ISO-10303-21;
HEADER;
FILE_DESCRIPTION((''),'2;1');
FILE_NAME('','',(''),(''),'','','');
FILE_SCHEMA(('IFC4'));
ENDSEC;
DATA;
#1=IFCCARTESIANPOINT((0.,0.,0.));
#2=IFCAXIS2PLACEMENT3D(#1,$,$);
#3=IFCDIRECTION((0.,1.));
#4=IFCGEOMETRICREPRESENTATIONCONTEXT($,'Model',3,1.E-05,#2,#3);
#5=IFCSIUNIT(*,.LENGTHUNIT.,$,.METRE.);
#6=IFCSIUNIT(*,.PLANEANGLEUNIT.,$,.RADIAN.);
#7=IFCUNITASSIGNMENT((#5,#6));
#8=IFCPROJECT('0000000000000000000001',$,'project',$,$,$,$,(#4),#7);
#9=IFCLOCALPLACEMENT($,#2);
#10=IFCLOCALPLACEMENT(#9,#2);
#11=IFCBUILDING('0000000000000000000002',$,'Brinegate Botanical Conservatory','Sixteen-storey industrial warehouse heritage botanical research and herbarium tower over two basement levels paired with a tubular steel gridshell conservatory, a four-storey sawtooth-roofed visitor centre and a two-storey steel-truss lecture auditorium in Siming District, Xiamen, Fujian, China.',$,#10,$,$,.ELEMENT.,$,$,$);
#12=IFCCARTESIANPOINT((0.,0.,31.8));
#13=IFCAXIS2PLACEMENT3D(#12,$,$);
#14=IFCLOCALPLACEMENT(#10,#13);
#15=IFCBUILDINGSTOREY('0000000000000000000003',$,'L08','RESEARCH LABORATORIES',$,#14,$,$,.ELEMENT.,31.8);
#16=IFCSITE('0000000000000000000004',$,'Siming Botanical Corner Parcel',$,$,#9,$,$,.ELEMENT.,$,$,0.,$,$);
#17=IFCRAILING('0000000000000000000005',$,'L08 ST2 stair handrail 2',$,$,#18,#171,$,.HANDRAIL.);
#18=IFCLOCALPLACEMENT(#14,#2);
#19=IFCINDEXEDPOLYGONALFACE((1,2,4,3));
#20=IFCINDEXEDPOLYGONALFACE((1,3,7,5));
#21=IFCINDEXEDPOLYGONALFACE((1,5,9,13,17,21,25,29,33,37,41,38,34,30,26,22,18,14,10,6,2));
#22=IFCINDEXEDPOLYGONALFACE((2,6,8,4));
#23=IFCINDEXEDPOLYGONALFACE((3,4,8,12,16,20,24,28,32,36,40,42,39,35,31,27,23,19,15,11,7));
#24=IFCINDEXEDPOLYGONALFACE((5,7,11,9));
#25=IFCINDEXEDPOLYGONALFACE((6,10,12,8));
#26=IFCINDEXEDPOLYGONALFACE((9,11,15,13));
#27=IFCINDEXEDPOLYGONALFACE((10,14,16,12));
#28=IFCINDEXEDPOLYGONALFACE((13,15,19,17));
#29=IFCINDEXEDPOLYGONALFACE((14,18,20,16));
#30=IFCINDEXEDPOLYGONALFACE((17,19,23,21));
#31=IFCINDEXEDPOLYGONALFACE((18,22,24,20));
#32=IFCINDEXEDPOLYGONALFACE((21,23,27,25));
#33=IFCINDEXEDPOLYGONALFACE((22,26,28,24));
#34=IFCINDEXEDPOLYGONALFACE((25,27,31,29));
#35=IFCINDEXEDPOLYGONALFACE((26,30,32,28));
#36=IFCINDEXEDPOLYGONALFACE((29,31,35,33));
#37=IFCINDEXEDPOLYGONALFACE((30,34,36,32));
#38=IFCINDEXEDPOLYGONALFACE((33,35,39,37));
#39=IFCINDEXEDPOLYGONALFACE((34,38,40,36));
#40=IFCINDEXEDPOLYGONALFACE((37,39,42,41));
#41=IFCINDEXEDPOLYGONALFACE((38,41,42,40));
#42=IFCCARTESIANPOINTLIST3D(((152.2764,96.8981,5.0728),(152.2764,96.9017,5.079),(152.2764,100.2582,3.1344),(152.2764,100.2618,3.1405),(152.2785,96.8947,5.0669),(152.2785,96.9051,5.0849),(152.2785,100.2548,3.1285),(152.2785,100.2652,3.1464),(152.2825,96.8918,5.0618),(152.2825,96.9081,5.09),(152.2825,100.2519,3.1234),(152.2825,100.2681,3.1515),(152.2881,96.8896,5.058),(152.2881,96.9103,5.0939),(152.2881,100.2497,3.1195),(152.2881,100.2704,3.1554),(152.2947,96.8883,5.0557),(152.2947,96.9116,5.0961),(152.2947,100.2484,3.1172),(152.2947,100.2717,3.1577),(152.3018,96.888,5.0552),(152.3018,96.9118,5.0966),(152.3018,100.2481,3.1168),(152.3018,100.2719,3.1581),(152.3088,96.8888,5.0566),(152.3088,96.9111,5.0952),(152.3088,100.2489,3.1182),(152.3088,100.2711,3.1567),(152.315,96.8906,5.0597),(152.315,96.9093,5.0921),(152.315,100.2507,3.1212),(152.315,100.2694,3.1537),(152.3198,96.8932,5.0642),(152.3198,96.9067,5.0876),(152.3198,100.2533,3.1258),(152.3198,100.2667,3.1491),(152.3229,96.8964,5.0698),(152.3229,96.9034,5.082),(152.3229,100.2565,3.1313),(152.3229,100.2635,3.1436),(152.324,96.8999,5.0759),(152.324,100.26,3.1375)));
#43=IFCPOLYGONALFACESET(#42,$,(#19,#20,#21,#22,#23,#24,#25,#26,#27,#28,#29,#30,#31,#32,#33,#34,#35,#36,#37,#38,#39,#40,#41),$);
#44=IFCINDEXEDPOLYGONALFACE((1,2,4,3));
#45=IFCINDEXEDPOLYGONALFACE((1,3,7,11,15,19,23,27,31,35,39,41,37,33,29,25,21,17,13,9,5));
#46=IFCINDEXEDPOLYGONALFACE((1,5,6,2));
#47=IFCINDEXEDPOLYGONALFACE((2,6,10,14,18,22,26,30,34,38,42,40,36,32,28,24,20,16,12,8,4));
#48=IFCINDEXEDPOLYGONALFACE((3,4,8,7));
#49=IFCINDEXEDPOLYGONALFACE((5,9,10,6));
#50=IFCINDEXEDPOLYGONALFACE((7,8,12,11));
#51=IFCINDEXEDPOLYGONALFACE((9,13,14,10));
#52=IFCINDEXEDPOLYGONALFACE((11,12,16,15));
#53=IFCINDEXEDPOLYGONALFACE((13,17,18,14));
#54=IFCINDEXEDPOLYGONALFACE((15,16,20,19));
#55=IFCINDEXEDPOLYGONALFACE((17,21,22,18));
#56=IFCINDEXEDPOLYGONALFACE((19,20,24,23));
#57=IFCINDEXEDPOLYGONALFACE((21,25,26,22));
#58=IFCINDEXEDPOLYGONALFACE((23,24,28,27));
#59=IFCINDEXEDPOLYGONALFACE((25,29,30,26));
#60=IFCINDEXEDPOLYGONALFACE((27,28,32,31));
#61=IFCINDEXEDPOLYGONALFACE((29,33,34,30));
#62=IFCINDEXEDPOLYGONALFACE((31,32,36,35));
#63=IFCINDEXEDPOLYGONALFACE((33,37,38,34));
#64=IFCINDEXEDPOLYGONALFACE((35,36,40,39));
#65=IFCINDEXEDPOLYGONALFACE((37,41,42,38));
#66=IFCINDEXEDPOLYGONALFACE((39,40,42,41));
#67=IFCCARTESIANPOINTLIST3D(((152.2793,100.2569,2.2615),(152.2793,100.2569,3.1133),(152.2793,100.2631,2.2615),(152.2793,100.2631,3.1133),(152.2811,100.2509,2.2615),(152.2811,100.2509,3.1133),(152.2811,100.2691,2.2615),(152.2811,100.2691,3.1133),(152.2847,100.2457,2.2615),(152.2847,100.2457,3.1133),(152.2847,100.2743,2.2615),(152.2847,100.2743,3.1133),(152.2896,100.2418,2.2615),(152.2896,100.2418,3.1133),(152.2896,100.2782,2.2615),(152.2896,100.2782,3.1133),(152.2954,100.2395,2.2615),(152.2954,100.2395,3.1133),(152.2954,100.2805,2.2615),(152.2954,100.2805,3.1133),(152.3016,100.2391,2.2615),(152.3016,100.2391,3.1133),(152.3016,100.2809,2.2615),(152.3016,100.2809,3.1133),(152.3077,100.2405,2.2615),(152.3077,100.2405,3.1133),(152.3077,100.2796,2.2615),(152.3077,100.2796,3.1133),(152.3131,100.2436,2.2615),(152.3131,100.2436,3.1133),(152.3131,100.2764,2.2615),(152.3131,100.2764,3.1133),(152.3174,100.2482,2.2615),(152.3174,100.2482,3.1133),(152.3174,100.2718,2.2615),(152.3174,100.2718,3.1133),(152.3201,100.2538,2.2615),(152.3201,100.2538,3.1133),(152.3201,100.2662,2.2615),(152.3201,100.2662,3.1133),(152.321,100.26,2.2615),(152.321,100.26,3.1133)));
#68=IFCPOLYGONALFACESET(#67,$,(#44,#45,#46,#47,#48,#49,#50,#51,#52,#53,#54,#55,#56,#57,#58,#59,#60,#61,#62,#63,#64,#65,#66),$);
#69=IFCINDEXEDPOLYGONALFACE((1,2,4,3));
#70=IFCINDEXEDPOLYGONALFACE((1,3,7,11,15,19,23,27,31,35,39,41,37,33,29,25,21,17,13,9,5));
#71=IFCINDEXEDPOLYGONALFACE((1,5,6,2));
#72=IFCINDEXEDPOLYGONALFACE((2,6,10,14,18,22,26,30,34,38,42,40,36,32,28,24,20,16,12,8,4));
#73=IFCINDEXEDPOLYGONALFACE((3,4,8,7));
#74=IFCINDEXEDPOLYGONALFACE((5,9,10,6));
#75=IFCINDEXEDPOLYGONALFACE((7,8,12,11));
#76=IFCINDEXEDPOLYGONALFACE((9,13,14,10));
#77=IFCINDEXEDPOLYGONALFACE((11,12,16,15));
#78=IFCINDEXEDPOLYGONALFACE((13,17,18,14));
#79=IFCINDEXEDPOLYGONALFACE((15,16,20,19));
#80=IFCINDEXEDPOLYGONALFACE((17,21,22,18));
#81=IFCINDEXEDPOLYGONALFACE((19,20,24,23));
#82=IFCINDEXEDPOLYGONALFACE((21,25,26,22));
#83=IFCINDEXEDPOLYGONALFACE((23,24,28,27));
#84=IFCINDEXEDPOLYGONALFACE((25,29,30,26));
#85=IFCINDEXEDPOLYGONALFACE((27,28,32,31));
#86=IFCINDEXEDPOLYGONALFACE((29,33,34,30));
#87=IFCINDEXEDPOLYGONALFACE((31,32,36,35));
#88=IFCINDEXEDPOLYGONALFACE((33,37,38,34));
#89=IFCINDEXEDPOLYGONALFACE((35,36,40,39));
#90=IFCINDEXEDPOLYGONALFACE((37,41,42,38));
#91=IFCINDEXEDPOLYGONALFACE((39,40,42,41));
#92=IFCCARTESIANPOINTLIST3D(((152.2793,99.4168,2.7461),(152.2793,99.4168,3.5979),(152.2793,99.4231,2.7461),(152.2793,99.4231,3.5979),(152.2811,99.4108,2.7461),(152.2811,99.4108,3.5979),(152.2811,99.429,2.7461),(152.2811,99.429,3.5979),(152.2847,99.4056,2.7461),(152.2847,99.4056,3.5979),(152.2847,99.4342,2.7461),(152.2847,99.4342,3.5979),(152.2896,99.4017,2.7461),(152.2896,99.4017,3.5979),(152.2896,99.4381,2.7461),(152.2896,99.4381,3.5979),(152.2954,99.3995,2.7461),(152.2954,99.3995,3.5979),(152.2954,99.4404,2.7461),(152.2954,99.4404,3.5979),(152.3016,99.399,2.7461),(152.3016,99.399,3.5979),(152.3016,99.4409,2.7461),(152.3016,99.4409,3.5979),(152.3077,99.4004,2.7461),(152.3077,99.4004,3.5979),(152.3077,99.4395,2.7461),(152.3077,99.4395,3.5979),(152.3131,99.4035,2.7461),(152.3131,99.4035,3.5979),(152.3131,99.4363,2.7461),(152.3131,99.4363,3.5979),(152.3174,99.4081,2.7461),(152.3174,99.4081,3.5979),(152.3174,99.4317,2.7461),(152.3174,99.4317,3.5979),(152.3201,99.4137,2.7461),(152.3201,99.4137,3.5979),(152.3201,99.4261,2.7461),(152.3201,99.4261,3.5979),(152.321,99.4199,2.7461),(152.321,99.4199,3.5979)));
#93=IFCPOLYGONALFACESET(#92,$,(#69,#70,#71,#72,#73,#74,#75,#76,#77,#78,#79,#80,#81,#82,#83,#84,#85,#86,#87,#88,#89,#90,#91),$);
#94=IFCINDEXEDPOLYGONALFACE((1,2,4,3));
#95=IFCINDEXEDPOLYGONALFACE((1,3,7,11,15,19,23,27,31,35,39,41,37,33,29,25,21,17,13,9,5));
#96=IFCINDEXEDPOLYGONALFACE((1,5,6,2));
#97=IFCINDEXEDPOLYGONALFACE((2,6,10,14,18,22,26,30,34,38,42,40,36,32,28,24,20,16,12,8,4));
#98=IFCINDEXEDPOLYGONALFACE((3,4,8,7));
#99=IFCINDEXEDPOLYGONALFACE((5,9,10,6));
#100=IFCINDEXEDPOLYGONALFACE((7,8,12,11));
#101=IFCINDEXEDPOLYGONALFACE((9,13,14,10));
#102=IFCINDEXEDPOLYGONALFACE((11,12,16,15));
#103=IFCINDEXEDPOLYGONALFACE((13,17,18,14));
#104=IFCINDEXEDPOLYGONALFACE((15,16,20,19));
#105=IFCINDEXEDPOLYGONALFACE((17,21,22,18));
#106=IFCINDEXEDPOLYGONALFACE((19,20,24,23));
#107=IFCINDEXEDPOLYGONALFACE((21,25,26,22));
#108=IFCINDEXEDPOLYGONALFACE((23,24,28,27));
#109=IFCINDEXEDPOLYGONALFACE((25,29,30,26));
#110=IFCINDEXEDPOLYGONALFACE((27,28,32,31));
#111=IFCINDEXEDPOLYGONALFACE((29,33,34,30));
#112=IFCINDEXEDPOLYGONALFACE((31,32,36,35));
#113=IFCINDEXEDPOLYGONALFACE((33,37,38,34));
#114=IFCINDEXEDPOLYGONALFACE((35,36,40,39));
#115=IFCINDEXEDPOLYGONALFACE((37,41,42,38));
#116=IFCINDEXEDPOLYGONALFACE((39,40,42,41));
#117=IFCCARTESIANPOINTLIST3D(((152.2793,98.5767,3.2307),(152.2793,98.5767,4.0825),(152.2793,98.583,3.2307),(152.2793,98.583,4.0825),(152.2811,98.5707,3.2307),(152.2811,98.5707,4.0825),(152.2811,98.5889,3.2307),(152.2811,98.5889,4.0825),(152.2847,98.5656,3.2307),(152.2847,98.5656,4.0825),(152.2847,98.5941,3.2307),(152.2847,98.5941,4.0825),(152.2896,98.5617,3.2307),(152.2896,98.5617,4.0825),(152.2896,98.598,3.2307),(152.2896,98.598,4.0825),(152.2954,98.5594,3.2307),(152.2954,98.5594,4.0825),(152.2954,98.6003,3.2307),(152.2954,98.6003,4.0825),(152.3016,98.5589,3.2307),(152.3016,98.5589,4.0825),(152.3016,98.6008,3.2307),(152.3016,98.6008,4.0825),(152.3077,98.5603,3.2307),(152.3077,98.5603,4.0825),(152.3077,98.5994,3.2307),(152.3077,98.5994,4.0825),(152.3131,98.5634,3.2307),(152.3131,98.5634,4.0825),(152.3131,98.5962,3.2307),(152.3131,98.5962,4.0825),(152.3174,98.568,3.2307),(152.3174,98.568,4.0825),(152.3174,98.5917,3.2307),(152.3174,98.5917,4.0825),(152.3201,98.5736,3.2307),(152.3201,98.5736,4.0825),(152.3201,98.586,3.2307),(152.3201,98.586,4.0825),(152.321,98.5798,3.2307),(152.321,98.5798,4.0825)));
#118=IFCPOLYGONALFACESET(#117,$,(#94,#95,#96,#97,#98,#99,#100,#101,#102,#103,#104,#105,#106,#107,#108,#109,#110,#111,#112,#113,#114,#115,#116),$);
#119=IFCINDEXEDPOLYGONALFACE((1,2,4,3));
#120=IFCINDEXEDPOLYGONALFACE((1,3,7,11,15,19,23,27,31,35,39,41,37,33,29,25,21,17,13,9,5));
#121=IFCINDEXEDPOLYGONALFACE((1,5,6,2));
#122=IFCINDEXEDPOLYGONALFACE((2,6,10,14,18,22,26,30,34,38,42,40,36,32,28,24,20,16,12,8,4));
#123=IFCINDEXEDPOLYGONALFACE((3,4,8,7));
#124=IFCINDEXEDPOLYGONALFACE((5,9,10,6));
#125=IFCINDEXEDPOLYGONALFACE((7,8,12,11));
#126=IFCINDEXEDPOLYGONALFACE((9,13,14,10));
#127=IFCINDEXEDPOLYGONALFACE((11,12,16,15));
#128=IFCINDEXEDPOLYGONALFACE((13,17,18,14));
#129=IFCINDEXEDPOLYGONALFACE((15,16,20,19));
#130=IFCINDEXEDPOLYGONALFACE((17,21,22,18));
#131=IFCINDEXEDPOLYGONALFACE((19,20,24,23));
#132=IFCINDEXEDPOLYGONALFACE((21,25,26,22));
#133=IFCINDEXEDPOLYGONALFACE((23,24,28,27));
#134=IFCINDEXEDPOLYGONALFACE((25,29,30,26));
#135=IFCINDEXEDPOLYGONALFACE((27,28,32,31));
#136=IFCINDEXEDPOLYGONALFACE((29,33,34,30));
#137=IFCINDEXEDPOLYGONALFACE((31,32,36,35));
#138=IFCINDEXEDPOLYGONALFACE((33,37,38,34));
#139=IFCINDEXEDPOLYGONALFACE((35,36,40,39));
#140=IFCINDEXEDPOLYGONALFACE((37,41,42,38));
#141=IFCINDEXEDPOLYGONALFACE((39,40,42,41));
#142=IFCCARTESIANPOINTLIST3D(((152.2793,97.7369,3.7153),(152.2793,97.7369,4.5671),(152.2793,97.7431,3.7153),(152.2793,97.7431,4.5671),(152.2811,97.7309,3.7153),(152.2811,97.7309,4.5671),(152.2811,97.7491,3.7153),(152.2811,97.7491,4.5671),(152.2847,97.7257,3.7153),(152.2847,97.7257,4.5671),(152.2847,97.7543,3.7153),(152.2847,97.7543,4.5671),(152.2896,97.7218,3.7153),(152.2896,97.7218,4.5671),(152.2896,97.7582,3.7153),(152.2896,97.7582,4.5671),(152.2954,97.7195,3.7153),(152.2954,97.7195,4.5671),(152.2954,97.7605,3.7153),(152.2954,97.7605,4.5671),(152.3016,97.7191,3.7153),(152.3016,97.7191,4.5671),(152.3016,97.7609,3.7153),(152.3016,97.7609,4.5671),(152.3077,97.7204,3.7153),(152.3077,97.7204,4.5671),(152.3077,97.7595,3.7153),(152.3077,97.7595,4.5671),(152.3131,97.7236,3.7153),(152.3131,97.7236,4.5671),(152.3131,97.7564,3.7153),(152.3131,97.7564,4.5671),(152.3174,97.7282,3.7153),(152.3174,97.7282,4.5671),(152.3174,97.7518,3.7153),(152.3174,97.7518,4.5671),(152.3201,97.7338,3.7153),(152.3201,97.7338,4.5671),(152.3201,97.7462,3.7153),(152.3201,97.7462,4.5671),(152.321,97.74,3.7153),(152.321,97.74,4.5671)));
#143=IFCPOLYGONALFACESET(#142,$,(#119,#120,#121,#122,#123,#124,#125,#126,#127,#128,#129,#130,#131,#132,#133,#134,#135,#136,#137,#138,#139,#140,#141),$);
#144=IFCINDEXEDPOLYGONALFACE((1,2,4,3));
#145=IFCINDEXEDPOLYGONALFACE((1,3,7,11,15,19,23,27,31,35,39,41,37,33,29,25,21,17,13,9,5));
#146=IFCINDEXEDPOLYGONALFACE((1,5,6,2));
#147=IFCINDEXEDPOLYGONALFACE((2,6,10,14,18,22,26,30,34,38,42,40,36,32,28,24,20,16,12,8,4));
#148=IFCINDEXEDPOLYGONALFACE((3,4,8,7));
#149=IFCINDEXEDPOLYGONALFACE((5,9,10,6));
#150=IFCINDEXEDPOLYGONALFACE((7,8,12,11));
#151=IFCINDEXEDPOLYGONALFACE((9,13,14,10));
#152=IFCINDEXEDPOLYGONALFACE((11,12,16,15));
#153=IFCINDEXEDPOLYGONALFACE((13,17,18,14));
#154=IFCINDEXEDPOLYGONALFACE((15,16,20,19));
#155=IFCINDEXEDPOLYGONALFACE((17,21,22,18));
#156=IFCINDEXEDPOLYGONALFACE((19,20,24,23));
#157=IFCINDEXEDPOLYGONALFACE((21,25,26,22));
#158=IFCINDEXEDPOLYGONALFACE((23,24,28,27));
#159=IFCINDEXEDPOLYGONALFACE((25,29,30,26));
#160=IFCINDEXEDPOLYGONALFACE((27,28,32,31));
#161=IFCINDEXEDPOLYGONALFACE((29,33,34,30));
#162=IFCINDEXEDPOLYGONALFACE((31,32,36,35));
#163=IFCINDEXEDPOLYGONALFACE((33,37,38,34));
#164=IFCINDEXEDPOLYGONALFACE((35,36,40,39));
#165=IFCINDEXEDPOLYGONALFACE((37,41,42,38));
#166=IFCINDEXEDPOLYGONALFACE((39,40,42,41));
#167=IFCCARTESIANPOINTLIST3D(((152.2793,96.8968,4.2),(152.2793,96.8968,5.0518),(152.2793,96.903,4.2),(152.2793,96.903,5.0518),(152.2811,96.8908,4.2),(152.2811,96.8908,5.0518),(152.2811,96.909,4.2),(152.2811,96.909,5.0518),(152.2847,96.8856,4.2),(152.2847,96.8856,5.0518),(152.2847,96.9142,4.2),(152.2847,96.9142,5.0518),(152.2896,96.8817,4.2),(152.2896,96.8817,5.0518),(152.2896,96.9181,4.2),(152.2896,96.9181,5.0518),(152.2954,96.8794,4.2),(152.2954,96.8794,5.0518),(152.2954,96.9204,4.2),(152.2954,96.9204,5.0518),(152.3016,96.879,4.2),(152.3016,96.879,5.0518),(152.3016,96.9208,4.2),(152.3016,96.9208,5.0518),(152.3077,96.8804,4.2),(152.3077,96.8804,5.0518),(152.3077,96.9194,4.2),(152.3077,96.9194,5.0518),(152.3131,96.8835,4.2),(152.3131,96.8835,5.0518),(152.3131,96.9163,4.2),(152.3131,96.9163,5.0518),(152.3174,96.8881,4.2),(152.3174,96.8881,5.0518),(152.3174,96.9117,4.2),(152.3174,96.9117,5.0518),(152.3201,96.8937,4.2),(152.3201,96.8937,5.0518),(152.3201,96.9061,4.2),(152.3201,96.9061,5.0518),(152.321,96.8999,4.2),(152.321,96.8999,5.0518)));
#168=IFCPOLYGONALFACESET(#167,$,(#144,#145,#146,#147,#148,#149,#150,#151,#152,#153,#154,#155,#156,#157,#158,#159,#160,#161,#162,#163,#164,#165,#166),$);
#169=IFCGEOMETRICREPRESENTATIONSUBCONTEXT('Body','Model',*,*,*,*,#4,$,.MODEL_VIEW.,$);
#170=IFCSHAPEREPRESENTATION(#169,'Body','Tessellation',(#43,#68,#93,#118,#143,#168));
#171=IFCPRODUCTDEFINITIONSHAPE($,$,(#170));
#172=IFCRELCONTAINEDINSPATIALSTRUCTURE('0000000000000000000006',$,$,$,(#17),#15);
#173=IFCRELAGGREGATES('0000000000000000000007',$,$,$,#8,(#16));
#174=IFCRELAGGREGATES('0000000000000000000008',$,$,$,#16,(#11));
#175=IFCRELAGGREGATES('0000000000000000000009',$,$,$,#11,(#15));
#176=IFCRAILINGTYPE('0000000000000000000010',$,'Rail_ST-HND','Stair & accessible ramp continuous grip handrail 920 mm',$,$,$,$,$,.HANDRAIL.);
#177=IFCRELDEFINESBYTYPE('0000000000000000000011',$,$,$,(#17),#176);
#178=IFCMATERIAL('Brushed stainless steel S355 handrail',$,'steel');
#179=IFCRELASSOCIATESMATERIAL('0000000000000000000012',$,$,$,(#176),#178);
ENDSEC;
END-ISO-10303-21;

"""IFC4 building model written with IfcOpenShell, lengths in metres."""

from ifc_helpers import new_model, si_unit, direction, frame, origin, origin_2d, place, context, subcontext, project, spatial, circle, extrude, material, type_object, element, save


model = new_model("IFC4")

# Units and contexts
model_context = context("Model", 3, precision=1e-05, world=origin(), true_north=direction((0.0, 1.0)))
body_context = subcontext(model_context, "Body", "Model", "MODEL_VIEW")
ifc_project = project(units=[si_unit("LENGTHUNIT", "METRE"), si_unit("PLANEANGLEUNIT", "RADIAN")], contexts=[model_context])

# Site, building, storey
site_placement = place(None, origin())
site = spatial("IfcSite", under=ifc_project, at=site_placement, Name="Siming Botanical Corner Parcel", CompositionType="ELEMENT", RefElevation=0.0)
building_placement = place(site_placement, origin())
building = spatial("IfcBuilding", under=site, at=building_placement, Name="Brinegate Botanical Conservatory", Description="Sixteen-storey industrial warehouse heritage botanical research and herbarium tower over two basement levels paired with a tubular steel gridshell conservatory, a four-storey sawtooth-roofed visitor centre and a two-storey steel-truss lecture auditorium in Siming District, Xiamen, Fujian, China.", CompositionType="ELEMENT")
storey_placement = place(building_placement, frame((0.0, 0.0, 31.8)))
storey = spatial("IfcBuildingStorey", under=building, at=storey_placement, Name="L08", Description="RESEARCH LABORATORIES", CompositionType="ELEMENT", Elevation=31.8)

# Railing
ifc_material_1 = material(Name="Brushed stainless steel S355 handrail", Category="steel")
railing_type_1 = type_object("IfcRailingType", Name="Rail_ST-HND", Description="Stair & accessible ramp continuous grip handrail 920 mm", PredefinedType="HANDRAIL", material=ifc_material_1)
railing_1_placement = place(storey_placement, frame((152.3, 100.26, 2.2615)))
element("IfcRailing", 1, at=railing_1_placement, inside=storey, type_object=railing_type_1, Name="L08 ST2 stair handrail 2", PredefinedType="HANDRAIL", context=body_context, shape_type="SweptSolid", body=[
    extrude(circle(Radius=0.0239, at=origin_2d()), frame((0.0, 0.0, 0.876), z_axis=(0.0, -0.866191, 0.499713), x_axis=(1.0, 0.0, 0.0)), (0.0, 0.0, 1.0), 3.8792),
    extrude(circle(Radius=0.021, at=origin_2d()), origin(), (0.0, 0.0, 1.0), 0.8518),
    extrude(circle(Radius=0.021, at=origin_2d()), frame((0.0, -0.8401, 0.4846)), (0.0, 0.0, 1.0), 0.8518),
    extrude(circle(Radius=0.021, at=origin_2d()), frame((0.0, -1.6802, 0.9692)), (0.0, 0.0, 1.0), 0.8518),
    extrude(circle(Radius=0.021, at=origin_2d()), frame((0.0, -2.52, 1.4539)), (0.0, 0.0, 1.0), 0.8518),
    extrude(circle(Radius=0.021, at=origin_2d()), frame((0.0, -3.3601, 1.9385)), (0.0, 0.0, 1.0), 0.8518),
])

save(model, "model.ifc")
